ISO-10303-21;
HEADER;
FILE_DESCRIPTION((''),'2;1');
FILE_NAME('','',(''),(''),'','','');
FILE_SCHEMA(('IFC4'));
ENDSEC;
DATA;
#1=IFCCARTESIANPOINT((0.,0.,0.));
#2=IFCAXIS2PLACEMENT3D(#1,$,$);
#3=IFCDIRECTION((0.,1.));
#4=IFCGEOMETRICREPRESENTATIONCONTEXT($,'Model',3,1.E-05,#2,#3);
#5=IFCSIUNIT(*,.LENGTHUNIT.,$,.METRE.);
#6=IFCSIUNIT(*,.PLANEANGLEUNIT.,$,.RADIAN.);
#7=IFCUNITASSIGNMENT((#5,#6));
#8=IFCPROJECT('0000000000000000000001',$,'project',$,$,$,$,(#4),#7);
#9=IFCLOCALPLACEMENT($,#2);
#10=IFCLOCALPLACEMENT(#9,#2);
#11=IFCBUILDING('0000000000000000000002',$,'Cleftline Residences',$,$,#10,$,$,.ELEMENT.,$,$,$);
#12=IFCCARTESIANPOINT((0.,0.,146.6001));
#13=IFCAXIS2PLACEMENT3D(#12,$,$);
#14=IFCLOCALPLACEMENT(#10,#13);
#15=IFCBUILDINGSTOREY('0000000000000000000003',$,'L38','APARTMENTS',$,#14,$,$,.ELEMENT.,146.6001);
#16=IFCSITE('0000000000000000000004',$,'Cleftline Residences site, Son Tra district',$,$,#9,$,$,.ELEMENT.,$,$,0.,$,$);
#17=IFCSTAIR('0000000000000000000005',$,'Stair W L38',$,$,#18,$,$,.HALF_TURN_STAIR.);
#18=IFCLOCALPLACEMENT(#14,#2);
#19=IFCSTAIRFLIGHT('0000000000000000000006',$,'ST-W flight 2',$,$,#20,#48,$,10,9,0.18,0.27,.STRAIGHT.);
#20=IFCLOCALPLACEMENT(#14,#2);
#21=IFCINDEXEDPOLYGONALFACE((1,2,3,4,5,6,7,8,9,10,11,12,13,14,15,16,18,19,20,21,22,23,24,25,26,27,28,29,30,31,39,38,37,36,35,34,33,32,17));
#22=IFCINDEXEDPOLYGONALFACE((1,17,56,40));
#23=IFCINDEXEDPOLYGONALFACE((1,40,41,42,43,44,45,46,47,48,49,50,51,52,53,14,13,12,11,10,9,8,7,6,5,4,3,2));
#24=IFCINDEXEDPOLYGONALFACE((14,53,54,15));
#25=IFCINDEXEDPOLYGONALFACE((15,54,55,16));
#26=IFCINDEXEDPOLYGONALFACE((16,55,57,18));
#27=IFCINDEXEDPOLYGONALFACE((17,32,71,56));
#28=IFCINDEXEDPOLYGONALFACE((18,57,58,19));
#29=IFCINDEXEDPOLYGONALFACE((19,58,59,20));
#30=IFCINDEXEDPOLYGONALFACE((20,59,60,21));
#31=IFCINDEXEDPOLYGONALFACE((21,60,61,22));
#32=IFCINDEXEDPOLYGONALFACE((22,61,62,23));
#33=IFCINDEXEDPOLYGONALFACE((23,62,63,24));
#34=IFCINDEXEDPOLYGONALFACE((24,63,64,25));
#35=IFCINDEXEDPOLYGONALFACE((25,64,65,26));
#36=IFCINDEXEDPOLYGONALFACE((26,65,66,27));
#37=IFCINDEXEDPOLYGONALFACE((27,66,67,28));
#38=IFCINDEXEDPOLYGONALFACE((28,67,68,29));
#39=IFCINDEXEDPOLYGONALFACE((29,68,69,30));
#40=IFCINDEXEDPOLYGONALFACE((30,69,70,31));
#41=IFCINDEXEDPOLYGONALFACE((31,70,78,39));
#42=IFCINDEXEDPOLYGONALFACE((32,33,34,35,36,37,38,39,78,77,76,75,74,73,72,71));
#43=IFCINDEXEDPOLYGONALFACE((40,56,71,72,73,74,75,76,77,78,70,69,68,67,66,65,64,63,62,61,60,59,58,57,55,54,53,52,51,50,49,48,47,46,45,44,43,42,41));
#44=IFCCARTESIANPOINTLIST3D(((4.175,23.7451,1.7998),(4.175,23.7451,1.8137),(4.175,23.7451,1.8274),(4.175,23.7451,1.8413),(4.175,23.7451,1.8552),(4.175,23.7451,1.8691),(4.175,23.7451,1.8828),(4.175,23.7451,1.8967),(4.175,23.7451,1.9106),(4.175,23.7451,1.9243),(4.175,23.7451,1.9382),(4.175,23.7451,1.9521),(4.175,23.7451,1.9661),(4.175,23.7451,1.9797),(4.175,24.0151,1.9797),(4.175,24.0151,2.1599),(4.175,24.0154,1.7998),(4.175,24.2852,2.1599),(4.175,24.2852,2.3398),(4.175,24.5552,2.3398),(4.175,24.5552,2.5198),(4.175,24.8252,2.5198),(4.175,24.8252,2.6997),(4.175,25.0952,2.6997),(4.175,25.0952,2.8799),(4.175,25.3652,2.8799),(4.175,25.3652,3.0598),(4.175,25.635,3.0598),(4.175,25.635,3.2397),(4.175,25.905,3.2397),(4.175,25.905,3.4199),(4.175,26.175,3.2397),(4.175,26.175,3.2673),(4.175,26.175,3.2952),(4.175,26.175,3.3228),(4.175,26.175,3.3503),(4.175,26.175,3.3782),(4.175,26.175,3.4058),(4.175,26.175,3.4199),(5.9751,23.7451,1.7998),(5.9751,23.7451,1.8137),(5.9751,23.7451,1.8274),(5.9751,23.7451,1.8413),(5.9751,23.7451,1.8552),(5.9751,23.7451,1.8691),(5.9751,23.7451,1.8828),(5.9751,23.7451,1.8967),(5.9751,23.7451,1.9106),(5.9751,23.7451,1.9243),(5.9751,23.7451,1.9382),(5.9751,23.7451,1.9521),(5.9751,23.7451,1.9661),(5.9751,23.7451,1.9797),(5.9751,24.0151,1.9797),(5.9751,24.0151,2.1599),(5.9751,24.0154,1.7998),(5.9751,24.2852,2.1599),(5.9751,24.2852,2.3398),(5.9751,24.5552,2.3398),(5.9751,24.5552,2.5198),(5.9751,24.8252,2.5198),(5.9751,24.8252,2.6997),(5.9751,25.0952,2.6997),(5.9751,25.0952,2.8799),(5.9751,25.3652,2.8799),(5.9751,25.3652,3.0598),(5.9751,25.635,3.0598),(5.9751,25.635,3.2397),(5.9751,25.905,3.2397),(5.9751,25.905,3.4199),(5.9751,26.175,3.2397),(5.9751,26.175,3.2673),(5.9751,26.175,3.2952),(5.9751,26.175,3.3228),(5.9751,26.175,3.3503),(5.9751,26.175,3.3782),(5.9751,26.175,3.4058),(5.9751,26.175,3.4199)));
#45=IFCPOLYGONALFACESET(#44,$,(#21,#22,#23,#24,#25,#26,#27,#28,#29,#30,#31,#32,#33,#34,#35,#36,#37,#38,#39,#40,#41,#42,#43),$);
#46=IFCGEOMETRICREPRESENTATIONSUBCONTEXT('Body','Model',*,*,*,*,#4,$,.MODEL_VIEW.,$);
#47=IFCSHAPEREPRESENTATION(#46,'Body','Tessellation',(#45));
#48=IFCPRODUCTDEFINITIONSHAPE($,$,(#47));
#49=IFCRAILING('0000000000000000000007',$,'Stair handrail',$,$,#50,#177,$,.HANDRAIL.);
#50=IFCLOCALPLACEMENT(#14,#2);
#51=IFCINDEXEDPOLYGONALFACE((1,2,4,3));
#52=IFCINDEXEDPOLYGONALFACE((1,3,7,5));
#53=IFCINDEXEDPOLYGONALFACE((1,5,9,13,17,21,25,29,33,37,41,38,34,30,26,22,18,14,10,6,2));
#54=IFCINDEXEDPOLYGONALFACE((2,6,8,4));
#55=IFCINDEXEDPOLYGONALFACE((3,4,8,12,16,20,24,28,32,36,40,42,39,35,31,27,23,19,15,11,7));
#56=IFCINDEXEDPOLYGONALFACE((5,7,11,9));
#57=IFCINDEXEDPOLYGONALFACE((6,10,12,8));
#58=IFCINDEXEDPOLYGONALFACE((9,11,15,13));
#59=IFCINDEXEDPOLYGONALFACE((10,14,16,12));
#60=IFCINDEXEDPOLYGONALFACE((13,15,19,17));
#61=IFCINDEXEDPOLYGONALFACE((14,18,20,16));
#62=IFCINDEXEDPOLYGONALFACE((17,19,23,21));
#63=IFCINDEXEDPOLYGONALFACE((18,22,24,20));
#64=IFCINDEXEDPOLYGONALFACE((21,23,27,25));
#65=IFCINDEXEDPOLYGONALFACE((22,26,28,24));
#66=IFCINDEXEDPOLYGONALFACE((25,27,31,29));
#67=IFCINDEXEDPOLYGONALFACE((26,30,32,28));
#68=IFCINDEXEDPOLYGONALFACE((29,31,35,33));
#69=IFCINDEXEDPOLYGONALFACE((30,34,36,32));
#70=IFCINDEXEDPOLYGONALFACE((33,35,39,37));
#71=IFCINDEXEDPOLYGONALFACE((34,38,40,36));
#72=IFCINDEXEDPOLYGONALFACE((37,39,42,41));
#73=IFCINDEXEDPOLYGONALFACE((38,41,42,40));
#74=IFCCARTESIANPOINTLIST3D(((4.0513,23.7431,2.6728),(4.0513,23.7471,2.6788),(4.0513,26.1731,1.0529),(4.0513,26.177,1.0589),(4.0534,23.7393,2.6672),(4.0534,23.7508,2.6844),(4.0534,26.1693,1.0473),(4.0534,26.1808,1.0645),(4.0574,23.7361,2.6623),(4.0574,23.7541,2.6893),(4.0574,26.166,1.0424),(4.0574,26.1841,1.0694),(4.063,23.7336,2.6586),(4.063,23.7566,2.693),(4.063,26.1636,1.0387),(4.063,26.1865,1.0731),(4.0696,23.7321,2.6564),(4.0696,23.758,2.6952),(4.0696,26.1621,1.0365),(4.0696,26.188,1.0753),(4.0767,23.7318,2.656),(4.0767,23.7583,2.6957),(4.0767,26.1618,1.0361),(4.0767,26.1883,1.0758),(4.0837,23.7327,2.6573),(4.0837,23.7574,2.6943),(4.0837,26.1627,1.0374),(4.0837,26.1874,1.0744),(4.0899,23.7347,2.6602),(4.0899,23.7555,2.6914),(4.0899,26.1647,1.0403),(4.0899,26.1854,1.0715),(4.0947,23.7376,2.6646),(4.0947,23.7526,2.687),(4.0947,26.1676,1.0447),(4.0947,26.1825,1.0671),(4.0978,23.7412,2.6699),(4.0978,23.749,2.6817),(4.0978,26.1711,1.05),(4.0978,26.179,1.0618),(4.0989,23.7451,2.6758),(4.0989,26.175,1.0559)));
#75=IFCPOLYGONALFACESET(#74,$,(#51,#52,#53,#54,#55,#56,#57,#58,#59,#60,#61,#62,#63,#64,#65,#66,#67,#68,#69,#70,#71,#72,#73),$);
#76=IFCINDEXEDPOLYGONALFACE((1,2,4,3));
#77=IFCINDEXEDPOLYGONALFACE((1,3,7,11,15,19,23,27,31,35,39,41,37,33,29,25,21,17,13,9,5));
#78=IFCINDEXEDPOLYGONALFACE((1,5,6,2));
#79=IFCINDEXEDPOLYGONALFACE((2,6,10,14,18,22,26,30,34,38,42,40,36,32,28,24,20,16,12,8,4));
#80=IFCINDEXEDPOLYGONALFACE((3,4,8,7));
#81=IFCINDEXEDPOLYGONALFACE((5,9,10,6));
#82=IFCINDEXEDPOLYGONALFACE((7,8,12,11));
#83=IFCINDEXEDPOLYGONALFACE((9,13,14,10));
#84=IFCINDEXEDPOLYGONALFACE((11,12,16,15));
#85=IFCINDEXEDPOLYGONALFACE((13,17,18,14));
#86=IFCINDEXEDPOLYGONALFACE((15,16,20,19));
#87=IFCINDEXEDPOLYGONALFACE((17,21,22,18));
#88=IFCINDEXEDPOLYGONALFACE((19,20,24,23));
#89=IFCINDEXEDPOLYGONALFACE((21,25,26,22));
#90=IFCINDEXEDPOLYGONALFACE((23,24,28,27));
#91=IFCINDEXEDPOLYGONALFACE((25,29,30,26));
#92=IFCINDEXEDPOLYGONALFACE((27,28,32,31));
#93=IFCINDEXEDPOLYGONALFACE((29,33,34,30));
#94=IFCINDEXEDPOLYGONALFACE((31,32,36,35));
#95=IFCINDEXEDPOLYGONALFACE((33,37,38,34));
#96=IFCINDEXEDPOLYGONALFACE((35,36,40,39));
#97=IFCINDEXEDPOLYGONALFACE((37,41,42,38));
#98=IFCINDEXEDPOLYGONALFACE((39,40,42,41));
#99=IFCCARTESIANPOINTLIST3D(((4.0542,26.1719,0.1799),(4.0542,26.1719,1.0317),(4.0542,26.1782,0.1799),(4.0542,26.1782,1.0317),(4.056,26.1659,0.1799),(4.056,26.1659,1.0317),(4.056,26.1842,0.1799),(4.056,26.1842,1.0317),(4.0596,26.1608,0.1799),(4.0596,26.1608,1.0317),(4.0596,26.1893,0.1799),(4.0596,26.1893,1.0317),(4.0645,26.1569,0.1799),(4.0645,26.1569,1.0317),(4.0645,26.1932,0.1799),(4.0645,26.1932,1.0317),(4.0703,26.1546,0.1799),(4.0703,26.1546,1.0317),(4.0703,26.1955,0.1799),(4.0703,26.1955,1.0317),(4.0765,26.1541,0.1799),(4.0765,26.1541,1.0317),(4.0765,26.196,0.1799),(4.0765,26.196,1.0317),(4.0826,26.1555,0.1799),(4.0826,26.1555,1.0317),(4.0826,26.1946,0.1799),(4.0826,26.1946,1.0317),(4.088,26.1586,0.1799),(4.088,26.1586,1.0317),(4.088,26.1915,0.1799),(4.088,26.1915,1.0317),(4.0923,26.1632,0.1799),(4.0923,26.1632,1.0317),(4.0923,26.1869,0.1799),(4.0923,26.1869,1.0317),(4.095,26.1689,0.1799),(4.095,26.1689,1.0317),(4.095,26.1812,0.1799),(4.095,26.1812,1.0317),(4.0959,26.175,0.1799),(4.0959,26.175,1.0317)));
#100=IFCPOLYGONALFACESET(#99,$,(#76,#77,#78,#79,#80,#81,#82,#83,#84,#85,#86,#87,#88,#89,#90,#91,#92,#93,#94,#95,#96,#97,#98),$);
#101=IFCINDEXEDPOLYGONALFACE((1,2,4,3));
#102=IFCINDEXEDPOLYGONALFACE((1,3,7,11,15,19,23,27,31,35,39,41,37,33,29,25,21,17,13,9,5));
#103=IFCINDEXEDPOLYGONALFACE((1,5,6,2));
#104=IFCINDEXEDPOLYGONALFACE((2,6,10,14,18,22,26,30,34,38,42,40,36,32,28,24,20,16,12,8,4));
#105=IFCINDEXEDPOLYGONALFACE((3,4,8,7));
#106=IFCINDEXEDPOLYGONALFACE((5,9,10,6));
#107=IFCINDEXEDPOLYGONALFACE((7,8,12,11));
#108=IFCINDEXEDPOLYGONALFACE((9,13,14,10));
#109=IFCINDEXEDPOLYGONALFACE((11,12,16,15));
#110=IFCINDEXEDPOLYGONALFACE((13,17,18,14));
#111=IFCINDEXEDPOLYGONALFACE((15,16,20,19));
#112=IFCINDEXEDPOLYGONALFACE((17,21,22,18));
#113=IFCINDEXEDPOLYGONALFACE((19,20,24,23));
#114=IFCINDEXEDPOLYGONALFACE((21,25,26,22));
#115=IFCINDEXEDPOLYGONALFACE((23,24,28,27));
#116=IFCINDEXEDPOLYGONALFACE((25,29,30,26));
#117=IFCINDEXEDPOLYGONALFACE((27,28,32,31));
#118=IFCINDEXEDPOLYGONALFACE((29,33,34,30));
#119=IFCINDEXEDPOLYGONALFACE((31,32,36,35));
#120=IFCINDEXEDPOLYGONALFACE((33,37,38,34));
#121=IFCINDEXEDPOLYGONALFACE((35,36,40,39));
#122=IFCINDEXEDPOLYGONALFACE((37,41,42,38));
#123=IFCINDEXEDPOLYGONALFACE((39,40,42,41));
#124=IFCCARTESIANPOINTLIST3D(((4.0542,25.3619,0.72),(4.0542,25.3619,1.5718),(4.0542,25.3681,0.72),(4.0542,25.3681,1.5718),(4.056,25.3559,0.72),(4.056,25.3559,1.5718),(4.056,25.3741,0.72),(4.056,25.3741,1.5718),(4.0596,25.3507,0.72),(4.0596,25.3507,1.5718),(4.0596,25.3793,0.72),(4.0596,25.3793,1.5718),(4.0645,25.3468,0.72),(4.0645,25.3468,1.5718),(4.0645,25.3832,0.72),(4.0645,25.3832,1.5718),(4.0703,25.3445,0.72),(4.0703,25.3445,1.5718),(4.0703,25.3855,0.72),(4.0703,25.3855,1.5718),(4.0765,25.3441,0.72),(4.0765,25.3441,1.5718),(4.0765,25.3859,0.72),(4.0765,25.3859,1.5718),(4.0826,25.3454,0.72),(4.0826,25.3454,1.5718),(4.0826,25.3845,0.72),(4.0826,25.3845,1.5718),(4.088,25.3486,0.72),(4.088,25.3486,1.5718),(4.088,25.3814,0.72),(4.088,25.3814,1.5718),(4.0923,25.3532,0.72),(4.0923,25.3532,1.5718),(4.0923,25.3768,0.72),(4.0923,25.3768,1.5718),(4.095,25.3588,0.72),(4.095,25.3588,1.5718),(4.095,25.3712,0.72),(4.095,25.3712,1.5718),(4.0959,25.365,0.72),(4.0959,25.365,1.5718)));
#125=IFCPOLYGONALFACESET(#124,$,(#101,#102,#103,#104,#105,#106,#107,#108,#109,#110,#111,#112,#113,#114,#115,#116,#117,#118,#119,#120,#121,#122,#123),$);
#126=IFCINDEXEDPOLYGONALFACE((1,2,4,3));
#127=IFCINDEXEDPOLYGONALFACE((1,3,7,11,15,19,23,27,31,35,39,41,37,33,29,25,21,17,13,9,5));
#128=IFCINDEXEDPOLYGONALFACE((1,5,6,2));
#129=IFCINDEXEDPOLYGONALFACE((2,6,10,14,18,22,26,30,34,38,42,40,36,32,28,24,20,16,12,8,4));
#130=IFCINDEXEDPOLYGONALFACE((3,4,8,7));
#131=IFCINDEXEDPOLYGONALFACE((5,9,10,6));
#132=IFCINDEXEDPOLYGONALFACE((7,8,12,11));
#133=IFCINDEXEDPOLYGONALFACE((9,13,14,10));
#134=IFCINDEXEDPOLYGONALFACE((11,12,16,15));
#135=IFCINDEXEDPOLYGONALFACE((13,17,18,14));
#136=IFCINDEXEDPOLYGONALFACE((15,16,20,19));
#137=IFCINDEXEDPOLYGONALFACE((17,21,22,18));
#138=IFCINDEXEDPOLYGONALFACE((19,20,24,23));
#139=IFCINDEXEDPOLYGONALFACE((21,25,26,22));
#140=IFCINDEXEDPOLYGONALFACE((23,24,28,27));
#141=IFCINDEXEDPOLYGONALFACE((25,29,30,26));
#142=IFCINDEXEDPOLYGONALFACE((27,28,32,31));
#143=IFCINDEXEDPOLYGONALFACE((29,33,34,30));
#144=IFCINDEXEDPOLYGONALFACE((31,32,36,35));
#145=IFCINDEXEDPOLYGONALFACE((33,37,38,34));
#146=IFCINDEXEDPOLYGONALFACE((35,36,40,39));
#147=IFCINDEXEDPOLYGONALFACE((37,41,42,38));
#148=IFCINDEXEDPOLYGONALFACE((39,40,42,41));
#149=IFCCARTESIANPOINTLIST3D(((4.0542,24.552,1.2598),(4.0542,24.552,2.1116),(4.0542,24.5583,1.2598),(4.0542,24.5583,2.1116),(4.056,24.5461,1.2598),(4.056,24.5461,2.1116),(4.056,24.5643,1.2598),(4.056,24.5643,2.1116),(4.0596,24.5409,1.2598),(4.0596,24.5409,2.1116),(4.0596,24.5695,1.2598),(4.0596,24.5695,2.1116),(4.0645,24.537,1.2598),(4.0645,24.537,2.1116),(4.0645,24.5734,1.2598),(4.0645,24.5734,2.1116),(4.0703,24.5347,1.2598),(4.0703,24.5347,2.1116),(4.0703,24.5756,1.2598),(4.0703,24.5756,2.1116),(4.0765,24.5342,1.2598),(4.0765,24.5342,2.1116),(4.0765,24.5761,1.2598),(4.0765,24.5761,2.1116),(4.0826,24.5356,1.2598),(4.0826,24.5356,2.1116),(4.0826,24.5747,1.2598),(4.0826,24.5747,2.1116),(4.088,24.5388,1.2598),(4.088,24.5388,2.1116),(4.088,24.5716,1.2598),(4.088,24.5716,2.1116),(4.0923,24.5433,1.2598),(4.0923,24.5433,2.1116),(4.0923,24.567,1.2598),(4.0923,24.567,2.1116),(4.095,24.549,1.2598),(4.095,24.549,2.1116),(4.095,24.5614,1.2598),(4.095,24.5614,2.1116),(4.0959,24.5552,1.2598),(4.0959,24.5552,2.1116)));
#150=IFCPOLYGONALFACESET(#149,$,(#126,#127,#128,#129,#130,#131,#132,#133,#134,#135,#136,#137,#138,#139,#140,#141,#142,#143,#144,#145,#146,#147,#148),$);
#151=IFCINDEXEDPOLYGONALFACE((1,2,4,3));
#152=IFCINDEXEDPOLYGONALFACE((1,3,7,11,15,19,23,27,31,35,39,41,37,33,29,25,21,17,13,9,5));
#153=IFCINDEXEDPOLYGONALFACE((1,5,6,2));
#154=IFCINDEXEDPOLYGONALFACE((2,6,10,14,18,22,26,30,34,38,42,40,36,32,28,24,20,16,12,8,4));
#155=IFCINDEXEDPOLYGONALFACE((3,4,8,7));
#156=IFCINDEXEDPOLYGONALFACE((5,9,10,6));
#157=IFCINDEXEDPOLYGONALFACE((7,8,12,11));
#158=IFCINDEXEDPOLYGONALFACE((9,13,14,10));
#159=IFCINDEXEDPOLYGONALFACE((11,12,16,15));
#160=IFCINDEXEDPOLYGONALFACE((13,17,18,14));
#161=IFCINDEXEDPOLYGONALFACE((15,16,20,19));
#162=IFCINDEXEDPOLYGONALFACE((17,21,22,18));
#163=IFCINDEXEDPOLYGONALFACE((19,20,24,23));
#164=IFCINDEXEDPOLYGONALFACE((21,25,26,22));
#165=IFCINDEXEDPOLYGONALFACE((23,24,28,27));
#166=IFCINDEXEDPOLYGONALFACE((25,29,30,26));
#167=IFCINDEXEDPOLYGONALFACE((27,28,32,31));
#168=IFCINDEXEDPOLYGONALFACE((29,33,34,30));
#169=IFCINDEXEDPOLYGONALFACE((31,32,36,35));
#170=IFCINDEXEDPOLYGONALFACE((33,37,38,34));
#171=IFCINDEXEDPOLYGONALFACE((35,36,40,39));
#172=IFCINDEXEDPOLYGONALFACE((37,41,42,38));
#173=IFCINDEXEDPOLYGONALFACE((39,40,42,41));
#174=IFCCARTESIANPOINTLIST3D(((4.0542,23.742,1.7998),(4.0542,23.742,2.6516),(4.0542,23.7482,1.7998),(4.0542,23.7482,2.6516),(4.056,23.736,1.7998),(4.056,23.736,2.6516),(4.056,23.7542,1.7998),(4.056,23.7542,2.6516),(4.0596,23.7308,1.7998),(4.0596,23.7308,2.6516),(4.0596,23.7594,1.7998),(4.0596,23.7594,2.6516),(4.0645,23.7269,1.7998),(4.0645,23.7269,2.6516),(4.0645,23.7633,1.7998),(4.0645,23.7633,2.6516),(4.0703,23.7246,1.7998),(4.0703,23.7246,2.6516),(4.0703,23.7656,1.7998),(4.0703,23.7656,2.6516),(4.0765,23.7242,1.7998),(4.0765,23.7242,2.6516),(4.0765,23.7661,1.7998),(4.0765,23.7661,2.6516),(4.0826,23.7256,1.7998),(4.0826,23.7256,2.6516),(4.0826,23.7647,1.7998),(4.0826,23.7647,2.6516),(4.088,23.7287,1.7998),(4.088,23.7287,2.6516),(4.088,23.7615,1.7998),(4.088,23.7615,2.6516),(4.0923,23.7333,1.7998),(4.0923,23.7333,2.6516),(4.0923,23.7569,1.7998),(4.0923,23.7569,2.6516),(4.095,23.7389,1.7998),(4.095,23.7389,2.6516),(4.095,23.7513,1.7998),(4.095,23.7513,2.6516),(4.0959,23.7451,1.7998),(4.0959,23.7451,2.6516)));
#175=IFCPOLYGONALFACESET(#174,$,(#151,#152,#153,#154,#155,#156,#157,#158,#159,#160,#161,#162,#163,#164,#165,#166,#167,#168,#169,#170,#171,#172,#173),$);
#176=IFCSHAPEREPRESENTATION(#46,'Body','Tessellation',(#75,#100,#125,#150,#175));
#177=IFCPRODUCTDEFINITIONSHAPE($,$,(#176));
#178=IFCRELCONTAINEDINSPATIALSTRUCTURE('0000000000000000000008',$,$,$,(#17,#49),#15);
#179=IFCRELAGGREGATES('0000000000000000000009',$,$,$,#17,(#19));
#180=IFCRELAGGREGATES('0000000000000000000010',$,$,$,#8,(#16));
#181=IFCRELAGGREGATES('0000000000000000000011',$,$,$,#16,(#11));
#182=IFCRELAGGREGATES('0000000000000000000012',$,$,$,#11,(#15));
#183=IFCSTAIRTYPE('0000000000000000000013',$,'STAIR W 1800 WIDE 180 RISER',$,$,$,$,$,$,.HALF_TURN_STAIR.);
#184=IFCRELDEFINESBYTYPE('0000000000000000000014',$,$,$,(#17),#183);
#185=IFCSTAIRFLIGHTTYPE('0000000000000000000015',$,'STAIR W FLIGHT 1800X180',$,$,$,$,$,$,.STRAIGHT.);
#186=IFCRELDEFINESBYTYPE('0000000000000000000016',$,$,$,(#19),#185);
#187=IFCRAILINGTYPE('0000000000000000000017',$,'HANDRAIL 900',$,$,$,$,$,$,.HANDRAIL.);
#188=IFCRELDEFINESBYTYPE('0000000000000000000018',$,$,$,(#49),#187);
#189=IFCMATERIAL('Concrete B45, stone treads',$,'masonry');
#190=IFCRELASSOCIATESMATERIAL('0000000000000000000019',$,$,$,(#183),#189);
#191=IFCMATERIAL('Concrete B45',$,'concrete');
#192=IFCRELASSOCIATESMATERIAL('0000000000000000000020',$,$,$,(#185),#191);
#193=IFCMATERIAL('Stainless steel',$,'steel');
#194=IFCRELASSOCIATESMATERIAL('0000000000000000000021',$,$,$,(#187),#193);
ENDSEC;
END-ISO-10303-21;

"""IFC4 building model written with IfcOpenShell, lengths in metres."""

from ifc_helpers import new_model, si_unit, direction, frame, origin, origin_2d, place, context, subcontext, project, spatial, polyline, circle, outline, extrude, material, type_object, element, aggregate, save


model = new_model("IFC4")

# Units and contexts
model_context = context("Model", 3, precision=1e-05, world=origin(), true_north=direction((0.0, 1.0)))
body_context = subcontext(model_context, "Body", "Model", "MODEL_VIEW")
ifc_project = project(units=[si_unit("LENGTHUNIT", "METRE"), si_unit("PLANEANGLEUNIT", "RADIAN")], contexts=[model_context])

# Site, building, storey
site_placement = place(None, origin())
site = spatial("IfcSite", under=ifc_project, at=site_placement, Name="Cleftline Residences site, Son Tra district", CompositionType="ELEMENT", RefElevation=0.0)
building_placement = place(site_placement, origin())
building = spatial("IfcBuilding", under=site, at=building_placement, Name="Cleftline Residences", CompositionType="ELEMENT")
storey_placement = place(building_placement, frame((0.0, 0.0, 146.6001)))
storey = spatial("IfcBuildingStorey", under=building, at=storey_placement, Name="L38", Description="APARTMENTS", CompositionType="ELEMENT", Elevation=146.6001)

# Stair, stair flight
ifc_material_1 = material(Name="Concrete B45, stone treads", Category="masonry")
stair_type = type_object("IfcStairType", Name="STAIR W 1800 WIDE 180 RISER", PredefinedType="HALF_TURN_STAIR", material=ifc_material_1)
stair_placement = place(storey_placement, origin())
stair = element("IfcStair", 1, at=stair_placement, inside=storey, type_object=stair_type, Name="Stair W L38", PredefinedType="HALF_TURN_STAIR")
ifc_material_2 = material(Name="Concrete B45", Category="concrete")
stair_flight_type = type_object("IfcStairFlightType", Name="STAIR W FLIGHT 1800X180", PredefinedType="STRAIGHT", material=ifc_material_2)
stair_flight_1_placement = place(storey_placement, frame((5.075, 23.7451, 1.7998), z_axis=(0.0, 0.0, 1.0), x_axis=(0.0, 1.0, 0.0)))
stair_flight_1 = element("IfcStairFlight", 2, at=stair_flight_1_placement, type_object=stair_flight_type, Name="ST-W flight 2", NumberOfRisers=10, NumberOfTreads=9, PredefinedType="STRAIGHT", RiserHeight=0.18, TreadLength=0.27, context=body_context, shape_type="SweptSolid", body=[
    extrude(outline(polyline([(0.0, 0.0), (0.0, 0.0139), (0.0, 0.0276), (0.0, 0.0415), (0.0, 0.0554), (0.0, 0.0693), (0.0, 0.083), (0.0, 0.0969), (0.0, 0.1108), (0.0, 0.1245), (0.0, 0.1384), (0.0, 0.1523), (0.0, 0.1663), (0.0, 0.1799), (0.27, 0.1799), (0.27, 0.3601), (0.54, 0.3601), (0.54, 0.54), (0.8101, 0.54), (0.8101, 0.72), (1.0801, 0.72), (1.0801, 0.8999), (1.3501, 0.8999), (1.3501, 1.0801), (1.6201, 1.0801), (1.6201, 1.26), (1.8899, 1.26), (1.8899, 1.4399), (2.1599, 1.4399), (2.1599, 1.6201), (2.4299, 1.6201), (2.4299, 1.8), (2.4299, 1.7722), (2.4299, 1.7446), (2.4299, 1.7168), (2.4299, 1.6892), (2.4299, 1.6614), (2.4299, 1.6338), (2.4299, 1.606), (2.4299, 1.5784), (2.4299, 1.5505), (2.4299, 1.5229), (2.4299, 1.4954), (2.4299, 1.4675), (2.4299, 1.4399), (0.2703, 0.0), (0.0, 0.0)])), frame((0.0, 0.8999, 0.0), z_axis=(0.0, -1.0, 0.0), x_axis=(1.0, 0.0, 0.0)), (0.0, 0.0, 1.0), 1.8),
])
aggregate(stair, [stair_flight_1])

# Railing
ifc_material_3 = material(Name="Stainless steel", Category="steel")
railing_type = type_object("IfcRailingType", Name="HANDRAIL 900", PredefinedType="HANDRAIL", material=ifc_material_3)
railing_1_placement = place(storey_placement, frame((4.075, 26.175, 0.1799)))
element("IfcRailing", 3, at=railing_1_placement, inside=storey, type_object=railing_type, Name="Stair handrail", PredefinedType="HANDRAIL", context=body_context, shape_type="SweptSolid", body=[
    extrude(circle(Radius=0.0239, at=origin_2d()), frame((0.0, 0.0, 0.876), z_axis=(0.0, -0.832063, 0.554681), x_axis=(1.0, 0.0, 0.0)), (0.0, 0.0, 1.0), 2.9204),
    extrude(circle(Radius=0.021, at=origin_2d()), origin(), (0.0, 0.0, 1.0), 0.8518),
    extrude(circle(Radius=0.021, at=origin_2d()), frame((0.0, -0.8101, 0.54)), (0.0, 0.0, 1.0), 0.8518),
    extrude(circle(Radius=0.021, at=origin_2d()), frame((0.0, -1.6199, 1.0798)), (0.0, 0.0, 1.0), 0.8518),
    extrude(circle(Radius=0.021, at=origin_2d()), frame((0.0, -2.4299, 1.6199)), (0.0, 0.0, 1.0), 0.8518),
])

save(model, "model.ifc")
